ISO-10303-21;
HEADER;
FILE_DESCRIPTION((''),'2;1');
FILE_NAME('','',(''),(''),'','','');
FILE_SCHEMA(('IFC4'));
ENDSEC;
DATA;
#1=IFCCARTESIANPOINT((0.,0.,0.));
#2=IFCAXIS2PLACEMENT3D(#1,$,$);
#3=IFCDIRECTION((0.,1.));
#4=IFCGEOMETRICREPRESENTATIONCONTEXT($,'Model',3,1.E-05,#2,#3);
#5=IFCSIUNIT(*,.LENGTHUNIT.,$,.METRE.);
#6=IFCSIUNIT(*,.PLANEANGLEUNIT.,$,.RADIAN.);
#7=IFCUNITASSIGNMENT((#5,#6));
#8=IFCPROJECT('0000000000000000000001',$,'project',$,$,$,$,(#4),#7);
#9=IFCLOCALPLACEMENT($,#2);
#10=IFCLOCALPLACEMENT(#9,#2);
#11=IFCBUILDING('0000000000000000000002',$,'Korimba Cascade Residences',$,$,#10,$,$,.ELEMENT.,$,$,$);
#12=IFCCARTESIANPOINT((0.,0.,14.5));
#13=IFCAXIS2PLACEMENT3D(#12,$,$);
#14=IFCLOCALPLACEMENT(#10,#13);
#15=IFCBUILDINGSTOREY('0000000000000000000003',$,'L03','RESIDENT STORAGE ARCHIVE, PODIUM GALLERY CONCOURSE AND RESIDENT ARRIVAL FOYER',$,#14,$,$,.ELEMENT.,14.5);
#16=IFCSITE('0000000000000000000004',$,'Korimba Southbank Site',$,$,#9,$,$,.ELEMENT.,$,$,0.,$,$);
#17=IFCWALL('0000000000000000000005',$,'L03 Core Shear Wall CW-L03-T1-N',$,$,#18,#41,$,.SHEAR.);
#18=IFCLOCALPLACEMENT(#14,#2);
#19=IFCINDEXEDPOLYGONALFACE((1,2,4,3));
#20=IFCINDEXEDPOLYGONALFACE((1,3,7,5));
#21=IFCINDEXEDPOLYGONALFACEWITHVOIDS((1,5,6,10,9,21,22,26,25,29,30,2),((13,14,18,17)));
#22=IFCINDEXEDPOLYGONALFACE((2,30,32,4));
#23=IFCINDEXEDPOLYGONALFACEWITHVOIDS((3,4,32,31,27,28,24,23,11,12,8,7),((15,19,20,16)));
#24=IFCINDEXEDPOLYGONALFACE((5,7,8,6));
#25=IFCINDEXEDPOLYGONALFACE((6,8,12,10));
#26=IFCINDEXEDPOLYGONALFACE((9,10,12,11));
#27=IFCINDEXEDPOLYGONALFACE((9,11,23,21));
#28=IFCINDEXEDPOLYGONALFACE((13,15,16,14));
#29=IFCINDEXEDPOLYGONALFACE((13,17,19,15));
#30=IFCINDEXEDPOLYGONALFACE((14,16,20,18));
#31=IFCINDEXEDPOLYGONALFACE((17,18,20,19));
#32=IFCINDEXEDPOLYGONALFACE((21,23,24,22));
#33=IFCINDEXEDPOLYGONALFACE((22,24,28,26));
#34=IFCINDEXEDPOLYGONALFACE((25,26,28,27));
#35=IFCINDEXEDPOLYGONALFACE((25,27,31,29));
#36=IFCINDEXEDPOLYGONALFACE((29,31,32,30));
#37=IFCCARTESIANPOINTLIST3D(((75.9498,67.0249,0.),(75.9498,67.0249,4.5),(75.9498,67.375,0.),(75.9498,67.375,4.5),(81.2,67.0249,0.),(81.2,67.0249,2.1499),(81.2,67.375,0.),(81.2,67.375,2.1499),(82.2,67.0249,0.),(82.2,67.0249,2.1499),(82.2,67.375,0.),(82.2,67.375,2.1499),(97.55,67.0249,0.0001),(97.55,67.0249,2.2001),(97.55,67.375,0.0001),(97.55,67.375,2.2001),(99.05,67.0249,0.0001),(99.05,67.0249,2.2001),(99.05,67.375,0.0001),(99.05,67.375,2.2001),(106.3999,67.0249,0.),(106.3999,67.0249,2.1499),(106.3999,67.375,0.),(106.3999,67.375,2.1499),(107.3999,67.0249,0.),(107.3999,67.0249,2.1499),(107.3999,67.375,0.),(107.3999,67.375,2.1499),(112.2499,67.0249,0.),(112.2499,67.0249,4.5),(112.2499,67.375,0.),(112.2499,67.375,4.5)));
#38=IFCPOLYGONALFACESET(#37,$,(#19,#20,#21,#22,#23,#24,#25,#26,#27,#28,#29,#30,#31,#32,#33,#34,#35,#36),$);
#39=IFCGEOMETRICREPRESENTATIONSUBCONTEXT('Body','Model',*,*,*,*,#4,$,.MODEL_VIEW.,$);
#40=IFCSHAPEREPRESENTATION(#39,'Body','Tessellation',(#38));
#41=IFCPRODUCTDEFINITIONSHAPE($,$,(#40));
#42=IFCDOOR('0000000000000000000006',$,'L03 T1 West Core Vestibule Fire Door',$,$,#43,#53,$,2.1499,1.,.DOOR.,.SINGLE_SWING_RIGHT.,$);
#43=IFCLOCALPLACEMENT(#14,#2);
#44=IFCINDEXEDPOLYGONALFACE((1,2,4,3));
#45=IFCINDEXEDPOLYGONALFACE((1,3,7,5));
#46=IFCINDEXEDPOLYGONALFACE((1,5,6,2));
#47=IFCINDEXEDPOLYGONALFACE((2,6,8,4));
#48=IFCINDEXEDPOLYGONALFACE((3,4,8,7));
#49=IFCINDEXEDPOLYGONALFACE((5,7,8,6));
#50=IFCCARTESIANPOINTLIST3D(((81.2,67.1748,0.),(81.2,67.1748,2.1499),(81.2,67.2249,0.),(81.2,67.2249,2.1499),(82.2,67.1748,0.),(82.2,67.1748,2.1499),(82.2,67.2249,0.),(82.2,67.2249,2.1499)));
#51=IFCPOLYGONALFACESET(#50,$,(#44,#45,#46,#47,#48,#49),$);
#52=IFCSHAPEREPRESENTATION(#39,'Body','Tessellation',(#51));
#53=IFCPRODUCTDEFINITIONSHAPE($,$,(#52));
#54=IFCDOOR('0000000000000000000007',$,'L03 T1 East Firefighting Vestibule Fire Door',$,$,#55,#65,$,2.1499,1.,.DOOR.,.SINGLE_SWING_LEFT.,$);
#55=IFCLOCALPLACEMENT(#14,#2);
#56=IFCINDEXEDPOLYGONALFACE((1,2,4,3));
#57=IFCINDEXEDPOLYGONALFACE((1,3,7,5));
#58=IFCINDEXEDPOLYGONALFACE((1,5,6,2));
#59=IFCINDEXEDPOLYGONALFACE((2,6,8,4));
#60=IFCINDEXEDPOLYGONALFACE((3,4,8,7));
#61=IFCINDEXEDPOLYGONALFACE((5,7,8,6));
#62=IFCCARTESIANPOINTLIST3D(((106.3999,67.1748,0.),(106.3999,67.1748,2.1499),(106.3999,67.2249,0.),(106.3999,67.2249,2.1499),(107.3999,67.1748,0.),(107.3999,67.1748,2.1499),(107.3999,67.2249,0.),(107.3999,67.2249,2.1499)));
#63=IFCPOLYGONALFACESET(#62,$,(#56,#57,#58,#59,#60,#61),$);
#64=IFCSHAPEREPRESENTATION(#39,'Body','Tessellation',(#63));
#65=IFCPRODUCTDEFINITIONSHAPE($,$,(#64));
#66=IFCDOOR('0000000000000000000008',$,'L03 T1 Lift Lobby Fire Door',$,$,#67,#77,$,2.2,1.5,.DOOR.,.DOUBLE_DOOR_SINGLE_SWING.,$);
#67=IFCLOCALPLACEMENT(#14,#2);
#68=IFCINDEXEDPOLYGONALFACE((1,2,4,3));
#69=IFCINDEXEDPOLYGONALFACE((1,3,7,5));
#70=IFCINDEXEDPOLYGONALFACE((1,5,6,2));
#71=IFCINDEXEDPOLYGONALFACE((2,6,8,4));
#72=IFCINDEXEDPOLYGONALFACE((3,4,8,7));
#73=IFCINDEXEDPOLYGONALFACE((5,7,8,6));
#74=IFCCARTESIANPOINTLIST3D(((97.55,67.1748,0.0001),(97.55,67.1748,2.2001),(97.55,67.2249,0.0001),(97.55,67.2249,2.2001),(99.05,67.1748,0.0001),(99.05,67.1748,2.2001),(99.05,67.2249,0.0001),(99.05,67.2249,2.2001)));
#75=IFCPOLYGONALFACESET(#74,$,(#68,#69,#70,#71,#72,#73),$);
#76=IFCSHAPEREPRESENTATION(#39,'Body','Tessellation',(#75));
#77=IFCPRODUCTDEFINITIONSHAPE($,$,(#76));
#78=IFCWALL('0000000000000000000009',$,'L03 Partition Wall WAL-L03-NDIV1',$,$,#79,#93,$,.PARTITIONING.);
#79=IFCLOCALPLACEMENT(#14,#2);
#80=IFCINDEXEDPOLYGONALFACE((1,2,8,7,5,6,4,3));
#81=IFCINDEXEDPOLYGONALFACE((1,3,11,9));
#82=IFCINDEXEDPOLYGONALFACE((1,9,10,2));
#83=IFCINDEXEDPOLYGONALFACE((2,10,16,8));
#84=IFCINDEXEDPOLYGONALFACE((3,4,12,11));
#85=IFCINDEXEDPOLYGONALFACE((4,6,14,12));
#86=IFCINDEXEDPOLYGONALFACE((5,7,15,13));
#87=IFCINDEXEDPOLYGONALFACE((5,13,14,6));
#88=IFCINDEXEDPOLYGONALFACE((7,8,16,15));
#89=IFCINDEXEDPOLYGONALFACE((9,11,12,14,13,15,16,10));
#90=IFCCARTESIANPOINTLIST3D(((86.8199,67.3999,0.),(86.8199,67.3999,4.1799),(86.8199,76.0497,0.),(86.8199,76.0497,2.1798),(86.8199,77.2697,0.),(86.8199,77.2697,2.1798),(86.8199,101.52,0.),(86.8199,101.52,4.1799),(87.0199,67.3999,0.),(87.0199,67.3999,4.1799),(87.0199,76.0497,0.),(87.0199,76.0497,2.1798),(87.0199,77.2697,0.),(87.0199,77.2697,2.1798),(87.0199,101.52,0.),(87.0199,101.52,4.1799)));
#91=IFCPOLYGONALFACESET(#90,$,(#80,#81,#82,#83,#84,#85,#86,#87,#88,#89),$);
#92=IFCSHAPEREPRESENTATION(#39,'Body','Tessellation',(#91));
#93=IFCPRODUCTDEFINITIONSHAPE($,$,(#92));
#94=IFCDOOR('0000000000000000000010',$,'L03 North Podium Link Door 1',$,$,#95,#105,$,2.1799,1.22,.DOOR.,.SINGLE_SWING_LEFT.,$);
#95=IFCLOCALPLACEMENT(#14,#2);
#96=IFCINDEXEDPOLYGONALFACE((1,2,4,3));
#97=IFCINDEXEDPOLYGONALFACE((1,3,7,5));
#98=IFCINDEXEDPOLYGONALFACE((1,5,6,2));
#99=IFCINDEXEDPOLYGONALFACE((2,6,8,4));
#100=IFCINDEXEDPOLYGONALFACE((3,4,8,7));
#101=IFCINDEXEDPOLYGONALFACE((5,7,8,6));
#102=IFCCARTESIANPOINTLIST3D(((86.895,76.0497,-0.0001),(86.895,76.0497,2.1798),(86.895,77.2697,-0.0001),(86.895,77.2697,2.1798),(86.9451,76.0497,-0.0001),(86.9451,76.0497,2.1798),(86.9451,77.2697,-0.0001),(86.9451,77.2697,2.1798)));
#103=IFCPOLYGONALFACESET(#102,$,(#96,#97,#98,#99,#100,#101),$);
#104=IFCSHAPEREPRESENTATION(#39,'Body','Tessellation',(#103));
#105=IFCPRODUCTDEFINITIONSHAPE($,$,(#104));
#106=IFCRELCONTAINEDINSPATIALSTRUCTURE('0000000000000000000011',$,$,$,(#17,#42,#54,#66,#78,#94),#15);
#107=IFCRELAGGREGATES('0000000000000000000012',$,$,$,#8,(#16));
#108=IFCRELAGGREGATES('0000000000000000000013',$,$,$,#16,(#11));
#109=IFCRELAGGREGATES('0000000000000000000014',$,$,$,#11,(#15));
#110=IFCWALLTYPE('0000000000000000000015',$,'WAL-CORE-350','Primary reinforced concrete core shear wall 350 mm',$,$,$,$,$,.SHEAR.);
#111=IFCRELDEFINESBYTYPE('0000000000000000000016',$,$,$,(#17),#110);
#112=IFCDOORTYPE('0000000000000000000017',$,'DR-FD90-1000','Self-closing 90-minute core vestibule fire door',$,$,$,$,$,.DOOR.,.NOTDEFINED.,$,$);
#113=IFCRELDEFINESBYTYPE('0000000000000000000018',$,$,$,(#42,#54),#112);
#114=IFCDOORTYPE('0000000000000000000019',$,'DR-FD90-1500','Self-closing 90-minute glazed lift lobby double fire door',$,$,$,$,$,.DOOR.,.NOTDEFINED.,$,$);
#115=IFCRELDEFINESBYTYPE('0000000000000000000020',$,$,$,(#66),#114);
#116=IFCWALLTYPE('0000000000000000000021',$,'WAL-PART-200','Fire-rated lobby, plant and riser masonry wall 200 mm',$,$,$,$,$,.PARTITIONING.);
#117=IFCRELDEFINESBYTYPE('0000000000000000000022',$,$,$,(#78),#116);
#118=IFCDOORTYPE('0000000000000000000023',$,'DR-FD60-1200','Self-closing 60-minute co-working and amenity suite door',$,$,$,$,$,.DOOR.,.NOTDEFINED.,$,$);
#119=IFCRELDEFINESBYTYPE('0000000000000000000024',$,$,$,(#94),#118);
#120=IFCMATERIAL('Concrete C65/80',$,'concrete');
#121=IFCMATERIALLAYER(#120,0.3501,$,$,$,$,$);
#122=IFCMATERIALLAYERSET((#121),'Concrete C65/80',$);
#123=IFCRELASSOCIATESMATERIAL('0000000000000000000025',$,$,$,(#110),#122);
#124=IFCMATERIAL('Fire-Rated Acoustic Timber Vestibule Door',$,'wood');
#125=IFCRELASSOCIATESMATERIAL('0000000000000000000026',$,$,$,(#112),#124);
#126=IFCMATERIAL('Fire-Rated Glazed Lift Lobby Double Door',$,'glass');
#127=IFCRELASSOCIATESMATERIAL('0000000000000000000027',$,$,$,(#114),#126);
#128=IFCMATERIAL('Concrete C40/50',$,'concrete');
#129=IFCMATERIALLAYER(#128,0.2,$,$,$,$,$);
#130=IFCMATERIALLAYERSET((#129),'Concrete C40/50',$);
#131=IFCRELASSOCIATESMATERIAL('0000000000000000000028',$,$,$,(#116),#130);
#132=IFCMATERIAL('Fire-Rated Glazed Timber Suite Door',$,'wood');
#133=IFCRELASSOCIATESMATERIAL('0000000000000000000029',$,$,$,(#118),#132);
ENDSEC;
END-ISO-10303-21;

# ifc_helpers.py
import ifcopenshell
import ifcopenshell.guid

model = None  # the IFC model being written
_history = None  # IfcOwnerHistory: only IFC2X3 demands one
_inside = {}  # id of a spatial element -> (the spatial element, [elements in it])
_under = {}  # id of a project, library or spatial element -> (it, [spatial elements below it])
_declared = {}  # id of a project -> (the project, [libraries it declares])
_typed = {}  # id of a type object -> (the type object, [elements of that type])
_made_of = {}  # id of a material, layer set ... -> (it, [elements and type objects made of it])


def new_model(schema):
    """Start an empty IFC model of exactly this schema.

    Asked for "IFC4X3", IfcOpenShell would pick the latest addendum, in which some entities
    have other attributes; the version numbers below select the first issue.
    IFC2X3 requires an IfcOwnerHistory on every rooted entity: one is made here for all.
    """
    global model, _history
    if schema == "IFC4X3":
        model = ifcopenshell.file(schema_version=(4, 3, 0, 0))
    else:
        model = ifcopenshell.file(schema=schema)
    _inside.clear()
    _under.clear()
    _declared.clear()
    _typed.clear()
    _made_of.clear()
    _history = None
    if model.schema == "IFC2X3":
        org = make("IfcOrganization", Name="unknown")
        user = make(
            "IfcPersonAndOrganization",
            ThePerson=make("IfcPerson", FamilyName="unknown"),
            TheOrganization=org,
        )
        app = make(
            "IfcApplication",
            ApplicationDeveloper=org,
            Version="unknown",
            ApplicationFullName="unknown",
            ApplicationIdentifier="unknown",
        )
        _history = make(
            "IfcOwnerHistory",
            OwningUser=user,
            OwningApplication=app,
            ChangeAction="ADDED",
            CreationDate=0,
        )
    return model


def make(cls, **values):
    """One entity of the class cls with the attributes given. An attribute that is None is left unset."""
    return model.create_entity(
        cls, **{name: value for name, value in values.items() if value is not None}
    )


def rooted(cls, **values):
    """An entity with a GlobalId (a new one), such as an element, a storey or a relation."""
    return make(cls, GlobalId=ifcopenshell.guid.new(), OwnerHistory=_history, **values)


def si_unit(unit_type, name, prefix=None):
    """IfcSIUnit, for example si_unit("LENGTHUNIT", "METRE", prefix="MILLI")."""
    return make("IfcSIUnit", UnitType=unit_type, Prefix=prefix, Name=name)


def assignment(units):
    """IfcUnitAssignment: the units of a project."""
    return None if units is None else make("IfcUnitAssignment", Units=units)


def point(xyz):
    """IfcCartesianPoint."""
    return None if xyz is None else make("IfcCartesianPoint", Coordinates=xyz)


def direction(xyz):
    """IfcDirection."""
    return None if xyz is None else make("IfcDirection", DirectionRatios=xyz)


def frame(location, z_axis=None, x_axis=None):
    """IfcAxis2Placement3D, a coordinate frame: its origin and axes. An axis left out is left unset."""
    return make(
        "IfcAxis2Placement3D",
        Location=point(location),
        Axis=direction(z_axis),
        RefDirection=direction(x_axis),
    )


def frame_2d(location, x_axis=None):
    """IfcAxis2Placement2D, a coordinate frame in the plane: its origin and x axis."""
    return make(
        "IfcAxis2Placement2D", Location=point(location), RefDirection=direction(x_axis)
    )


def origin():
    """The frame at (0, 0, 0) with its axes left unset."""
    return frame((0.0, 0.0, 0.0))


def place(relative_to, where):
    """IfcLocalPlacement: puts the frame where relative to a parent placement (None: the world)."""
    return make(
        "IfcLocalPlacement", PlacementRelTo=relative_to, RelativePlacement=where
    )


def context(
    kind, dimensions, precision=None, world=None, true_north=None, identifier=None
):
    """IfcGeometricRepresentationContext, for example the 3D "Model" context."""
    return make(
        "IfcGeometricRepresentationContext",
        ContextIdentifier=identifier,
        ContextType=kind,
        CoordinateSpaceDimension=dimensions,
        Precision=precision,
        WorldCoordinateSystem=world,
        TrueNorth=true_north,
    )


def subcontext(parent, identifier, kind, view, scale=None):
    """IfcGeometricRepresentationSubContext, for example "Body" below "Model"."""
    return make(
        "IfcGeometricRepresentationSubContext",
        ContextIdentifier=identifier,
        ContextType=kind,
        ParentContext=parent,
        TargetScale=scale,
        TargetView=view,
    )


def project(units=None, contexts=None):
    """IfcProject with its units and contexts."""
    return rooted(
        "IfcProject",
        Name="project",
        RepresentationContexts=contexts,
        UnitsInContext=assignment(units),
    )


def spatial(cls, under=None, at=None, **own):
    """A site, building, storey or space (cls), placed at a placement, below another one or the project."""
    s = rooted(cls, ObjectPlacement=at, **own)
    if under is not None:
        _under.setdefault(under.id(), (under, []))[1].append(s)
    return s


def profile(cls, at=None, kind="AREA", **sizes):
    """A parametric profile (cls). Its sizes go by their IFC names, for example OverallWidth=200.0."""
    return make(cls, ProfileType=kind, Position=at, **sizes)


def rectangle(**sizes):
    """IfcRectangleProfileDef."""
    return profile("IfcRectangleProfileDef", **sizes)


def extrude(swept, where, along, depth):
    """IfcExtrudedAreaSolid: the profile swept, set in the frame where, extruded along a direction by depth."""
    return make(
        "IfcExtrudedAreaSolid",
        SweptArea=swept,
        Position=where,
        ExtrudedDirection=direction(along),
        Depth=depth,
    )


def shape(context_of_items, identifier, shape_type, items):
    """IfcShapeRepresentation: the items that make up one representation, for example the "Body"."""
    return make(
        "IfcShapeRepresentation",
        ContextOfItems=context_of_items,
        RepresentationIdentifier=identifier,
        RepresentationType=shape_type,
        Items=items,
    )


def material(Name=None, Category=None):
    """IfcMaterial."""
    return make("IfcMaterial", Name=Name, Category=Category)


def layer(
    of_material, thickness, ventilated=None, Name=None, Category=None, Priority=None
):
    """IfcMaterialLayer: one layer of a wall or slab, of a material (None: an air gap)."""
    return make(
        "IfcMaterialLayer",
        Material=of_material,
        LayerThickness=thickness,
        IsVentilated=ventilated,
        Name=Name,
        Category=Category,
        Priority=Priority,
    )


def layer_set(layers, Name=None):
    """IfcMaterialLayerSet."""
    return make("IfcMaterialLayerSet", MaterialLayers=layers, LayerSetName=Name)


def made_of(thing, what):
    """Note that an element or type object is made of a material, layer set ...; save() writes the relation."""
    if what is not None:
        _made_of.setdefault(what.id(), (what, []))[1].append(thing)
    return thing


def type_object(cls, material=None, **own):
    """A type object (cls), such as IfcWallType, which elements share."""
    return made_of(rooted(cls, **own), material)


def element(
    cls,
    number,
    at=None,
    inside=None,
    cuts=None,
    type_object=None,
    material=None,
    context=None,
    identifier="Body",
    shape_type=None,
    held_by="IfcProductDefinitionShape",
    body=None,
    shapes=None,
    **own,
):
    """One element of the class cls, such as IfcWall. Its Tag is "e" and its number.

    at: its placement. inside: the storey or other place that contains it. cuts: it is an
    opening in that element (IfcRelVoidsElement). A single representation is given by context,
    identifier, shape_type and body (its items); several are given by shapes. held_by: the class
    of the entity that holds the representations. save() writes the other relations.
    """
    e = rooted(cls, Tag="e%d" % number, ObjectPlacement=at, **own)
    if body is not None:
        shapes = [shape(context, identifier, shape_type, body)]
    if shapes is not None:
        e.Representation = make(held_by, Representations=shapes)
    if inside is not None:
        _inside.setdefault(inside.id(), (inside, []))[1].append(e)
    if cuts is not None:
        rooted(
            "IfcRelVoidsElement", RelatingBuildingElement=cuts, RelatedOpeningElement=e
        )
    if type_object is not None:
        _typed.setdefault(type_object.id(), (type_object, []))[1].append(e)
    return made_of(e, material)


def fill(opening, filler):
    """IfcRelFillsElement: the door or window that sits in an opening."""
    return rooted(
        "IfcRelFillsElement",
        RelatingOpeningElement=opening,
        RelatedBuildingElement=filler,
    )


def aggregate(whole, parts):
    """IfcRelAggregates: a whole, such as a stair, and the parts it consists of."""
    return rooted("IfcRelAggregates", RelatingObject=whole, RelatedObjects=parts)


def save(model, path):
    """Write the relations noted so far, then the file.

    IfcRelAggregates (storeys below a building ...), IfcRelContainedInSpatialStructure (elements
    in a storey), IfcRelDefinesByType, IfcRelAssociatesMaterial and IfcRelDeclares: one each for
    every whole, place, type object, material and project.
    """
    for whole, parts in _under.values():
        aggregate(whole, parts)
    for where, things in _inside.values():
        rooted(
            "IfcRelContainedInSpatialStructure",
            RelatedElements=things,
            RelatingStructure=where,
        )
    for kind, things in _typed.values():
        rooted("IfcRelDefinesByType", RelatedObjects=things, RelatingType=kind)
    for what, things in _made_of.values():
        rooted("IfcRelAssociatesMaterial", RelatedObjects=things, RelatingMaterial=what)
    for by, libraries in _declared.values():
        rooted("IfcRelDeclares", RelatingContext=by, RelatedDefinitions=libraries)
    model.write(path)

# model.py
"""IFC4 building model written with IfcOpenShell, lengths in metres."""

from ifc_helpers import new_model, si_unit, direction, frame, frame_2d, origin, place, context, subcontext, project, spatial, rectangle, extrude, material, layer, layer_set, type_object, element, fill, save


model = new_model("IFC4")

# Units and contexts
model_context = context("Model", 3, precision=1e-05, world=origin(), true_north=direction((0.0, 1.0)))
body_context = subcontext(model_context, "Body", "Model", "MODEL_VIEW")
ifc_project = project(units=[si_unit("LENGTHUNIT", "METRE"), si_unit("PLANEANGLEUNIT", "RADIAN")], contexts=[model_context])

# Site, building, storey
site_placement = place(None, origin())
site = spatial("IfcSite", under=ifc_project, at=site_placement, Name="Korimba Southbank Site", CompositionType="ELEMENT", RefElevation=0.0)
building_placement = place(site_placement, origin())
building = spatial("IfcBuilding", under=site, at=building_placement, Name="Korimba Cascade Residences", CompositionType="ELEMENT")
storey_placement = place(building_placement, frame((0.0, 0.0, 14.5)))
storey = spatial("IfcBuildingStorey", under=building, at=storey_placement, Name="L03", Description="RESIDENT STORAGE ARCHIVE, PODIUM GALLERY CONCOURSE AND RESIDENT ARRIVAL FOYER", CompositionType="ELEMENT", Elevation=14.5)

# Wall, openings, doors
ifc_material_1 = material(Name="Concrete C65/80", Category="concrete")
ifc_layer_1 = layer(ifc_material_1, 0.3501)
ifc_layer_set_1 = layer_set([ifc_layer_1], Name="Concrete C65/80")
wall_type_1 = type_object("IfcWallType", Name="WAL-CORE-350", Description="Primary reinforced concrete core shear wall 350 mm", PredefinedType="SHEAR", material=ifc_layer_set_1)
wall_1_placement = place(storey_placement, frame((75.95, 67.2, 0.0), z_axis=(0.0, 0.0, 1.0), x_axis=(1.0, 0.0, 0.0)))
wall_1 = element("IfcWall", 1, at=wall_1_placement, inside=storey, type_object=wall_type_1, Name="L03 Core Shear Wall CW-L03-T1-N", PredefinedType="SHEAR", context=body_context, shape_type="SweptSolid", body=[
    extrude(rectangle(XDim=36.3, YDim=0.3501, at=frame_2d((18.1499, 0.0))), origin(), (0.0, 0.0, 1.0), 4.5),
])
opening_1_placement = place(wall_1_placement, frame((5.25, 0.0, 0.0)))
opening_1 = element("IfcOpeningElement", 2, at=opening_1_placement, cuts=wall_1, PredefinedType="OPENING", context=body_context, shape_type="SweptSolid", body=[
    extrude(rectangle(XDim=1.0, YDim=2.1499, at=frame_2d((0.5, 1.075))), frame((0.0, 0.1851, 0.0), z_axis=(0.0, -1.0, 0.0), x_axis=(1.0, 0.0, 0.0)), (0.0, 0.0, 1.0), 0.3701),
])
opening_2_placement = place(wall_1_placement, frame((21.6001, 0.0, 0.0)))
opening_2 = element("IfcOpeningElement", 3, at=opening_2_placement, cuts=wall_1, PredefinedType="OPENING", context=body_context, shape_type="SweptSolid", body=[
    extrude(rectangle(XDim=1.5, YDim=2.2, at=frame_2d((0.75, 1.1001))), frame((0.0, 0.1851, 0.0), z_axis=(0.0, -1.0, 0.0), x_axis=(1.0, 0.0, 0.0)), (0.0, 0.0, 1.0), 0.3701),
])
opening_3_placement = place(wall_1_placement, frame((30.45, 0.0, 0.0)))
opening_3 = element("IfcOpeningElement", 4, at=opening_3_placement, cuts=wall_1, PredefinedType="OPENING", context=body_context, shape_type="SweptSolid", body=[
    extrude(rectangle(XDim=1.0, YDim=2.1499, at=frame_2d((0.5, 1.075))), frame((0.0, 0.1851, 0.0), z_axis=(0.0, -1.0, 0.0), x_axis=(1.0, 0.0, 0.0)), (0.0, 0.0, 1.0), 0.3701),
])
ifc_material_2 = material(Name="Fire-Rated Acoustic Timber Vestibule Door", Category="wood")
door_type_1 = type_object("IfcDoorType", Name="DR-FD90-1000", Description="Self-closing 90-minute core vestibule fire door", OperationType="NOTDEFINED", PredefinedType="DOOR", material=ifc_material_2)
door_1_placement = place(opening_1_placement, origin())
door_1 = element("IfcDoor", 5, at=door_1_placement, inside=storey, type_object=door_type_1, Name="L03 T1 West Core Vestibule Fire Door", OperationType="SINGLE_SWING_RIGHT", OverallHeight=2.1499, OverallWidth=1.0, PredefinedType="DOOR", context=body_context, shape_type="SweptSolid", body=[
    extrude(rectangle(XDim=1.0, YDim=2.1499, at=frame_2d((0.5, 1.075))), frame((0.0, 0.0249, 0.0), z_axis=(0.0, -1.0, 0.0), x_axis=(1.0, 0.0, 0.0)), (0.0, 0.0, 1.0), 0.05),
])
fill(opening_1, door_1)
door_2_placement = place(opening_3_placement, origin())
door_2 = element("IfcDoor", 6, at=door_2_placement, inside=storey, type_object=door_type_1, Name="L03 T1 East Firefighting Vestibule Fire Door", OperationType="SINGLE_SWING_LEFT", OverallHeight=2.1499, OverallWidth=1.0, PredefinedType="DOOR", context=body_context, shape_type="SweptSolid", body=[
    extrude(rectangle(XDim=1.0, YDim=2.1499, at=frame_2d((0.5, 1.075))), frame((0.0, 0.0249, 0.0), z_axis=(0.0, -1.0, 0.0), x_axis=(1.0, 0.0, 0.0)), (0.0, 0.0, 1.0), 0.05),
])
fill(opening_3, door_2)
ifc_material_3 = material(Name="Fire-Rated Glazed Lift Lobby Double Door", Category="glass")
door_type_2 = type_object("IfcDoorType", Name="DR-FD90-1500", Description="Self-closing 90-minute glazed lift lobby double fire door", OperationType="NOTDEFINED", PredefinedType="DOOR", material=ifc_material_3)
door_3_placement = place(opening_2_placement, origin())
door_3 = element("IfcDoor", 7, at=door_3_placement, inside=storey, type_object=door_type_2, Name="L03 T1 Lift Lobby Fire Door", OperationType="DOUBLE_DOOR_SINGLE_SWING", OverallHeight=2.2, OverallWidth=1.5, PredefinedType="DOOR", context=body_context, shape_type="SweptSolid", body=[
    extrude(rectangle(XDim=1.5, YDim=2.2, at=frame_2d((0.75, 1.1001))), frame((0.0, 0.0249, 0.0), z_axis=(0.0, -1.0, 0.0), x_axis=(1.0, 0.0, 0.0)), (0.0, 0.0, 1.0), 0.05),
])
fill(opening_2, door_3)

# Wall, opening, door
ifc_material_4 = material(Name="Concrete C40/50", Category="concrete")
ifc_layer_2 = layer(ifc_material_4, 0.2)
ifc_layer_set_2 = layer_set([ifc_layer_2], Name="Concrete C40/50")
wall_type_2 = type_object("IfcWallType", Name="WAL-PART-200", Description="Fire-rated lobby, plant and riser masonry wall 200 mm", PredefinedType="PARTITIONING", material=ifc_layer_set_2)
wall_2_placement = place(storey_placement, frame((86.9199, 67.3999, 0.0), z_axis=(0.0, 0.0, 1.0), x_axis=(0.0, 1.0, 0.0)))
wall_2 = element("IfcWall", 8, at=wall_2_placement, inside=storey, type_object=wall_type_2, Name="L03 Partition Wall WAL-L03-NDIV1", PredefinedType="PARTITIONING", context=body_context, shape_type="SweptSolid", body=[
    extrude(rectangle(XDim=34.1201, YDim=0.2, at=frame_2d((17.0601, 0.0))), origin(), (0.0, 0.0, 1.0), 4.1799),
])
opening_4_placement = place(wall_2_placement, frame((8.6499, 0.0, 0.0)))
opening_4 = element("IfcOpeningElement", 9, at=opening_4_placement, cuts=wall_2, PredefinedType="OPENING", context=body_context, shape_type="SweptSolid", body=[
    extrude(rectangle(XDim=1.22, YDim=2.1799, at=frame_2d((0.6099, 1.0898))), frame((0.0, 0.1099, 0.0), z_axis=(0.0, -1.0, 0.0), x_axis=(1.0, 0.0, 0.0)), (0.0, 0.0, 1.0), 0.22),
])
ifc_material_5 = material(Name="Fire-Rated Glazed Timber Suite Door", Category="wood")
door_type_3 = type_object("IfcDoorType", Name="DR-FD60-1200", Description="Self-closing 60-minute co-working and amenity suite door", OperationType="NOTDEFINED", PredefinedType="DOOR", material=ifc_material_5)
door_4_placement = place(opening_4_placement, origin())
door_4 = element("IfcDoor", 10, at=door_4_placement, inside=storey, type_object=door_type_3, Name="L03 North Podium Link Door 1", OperationType="SINGLE_SWING_LEFT", OverallHeight=2.1799, OverallWidth=1.22, PredefinedType="DOOR", context=body_context, shape_type="SweptSolid", body=[
    extrude(rectangle(XDim=1.22, YDim=2.1799, at=frame_2d((0.6099, 1.0898))), frame((0.0, 0.0249, 0.0), z_axis=(0.0, -1.0, 0.0), x_axis=(1.0, 0.0, 0.0)), (0.0, 0.0, 1.0), 0.05),
])
fill(opening_4, door_4)

save(model, "model.ifc")
